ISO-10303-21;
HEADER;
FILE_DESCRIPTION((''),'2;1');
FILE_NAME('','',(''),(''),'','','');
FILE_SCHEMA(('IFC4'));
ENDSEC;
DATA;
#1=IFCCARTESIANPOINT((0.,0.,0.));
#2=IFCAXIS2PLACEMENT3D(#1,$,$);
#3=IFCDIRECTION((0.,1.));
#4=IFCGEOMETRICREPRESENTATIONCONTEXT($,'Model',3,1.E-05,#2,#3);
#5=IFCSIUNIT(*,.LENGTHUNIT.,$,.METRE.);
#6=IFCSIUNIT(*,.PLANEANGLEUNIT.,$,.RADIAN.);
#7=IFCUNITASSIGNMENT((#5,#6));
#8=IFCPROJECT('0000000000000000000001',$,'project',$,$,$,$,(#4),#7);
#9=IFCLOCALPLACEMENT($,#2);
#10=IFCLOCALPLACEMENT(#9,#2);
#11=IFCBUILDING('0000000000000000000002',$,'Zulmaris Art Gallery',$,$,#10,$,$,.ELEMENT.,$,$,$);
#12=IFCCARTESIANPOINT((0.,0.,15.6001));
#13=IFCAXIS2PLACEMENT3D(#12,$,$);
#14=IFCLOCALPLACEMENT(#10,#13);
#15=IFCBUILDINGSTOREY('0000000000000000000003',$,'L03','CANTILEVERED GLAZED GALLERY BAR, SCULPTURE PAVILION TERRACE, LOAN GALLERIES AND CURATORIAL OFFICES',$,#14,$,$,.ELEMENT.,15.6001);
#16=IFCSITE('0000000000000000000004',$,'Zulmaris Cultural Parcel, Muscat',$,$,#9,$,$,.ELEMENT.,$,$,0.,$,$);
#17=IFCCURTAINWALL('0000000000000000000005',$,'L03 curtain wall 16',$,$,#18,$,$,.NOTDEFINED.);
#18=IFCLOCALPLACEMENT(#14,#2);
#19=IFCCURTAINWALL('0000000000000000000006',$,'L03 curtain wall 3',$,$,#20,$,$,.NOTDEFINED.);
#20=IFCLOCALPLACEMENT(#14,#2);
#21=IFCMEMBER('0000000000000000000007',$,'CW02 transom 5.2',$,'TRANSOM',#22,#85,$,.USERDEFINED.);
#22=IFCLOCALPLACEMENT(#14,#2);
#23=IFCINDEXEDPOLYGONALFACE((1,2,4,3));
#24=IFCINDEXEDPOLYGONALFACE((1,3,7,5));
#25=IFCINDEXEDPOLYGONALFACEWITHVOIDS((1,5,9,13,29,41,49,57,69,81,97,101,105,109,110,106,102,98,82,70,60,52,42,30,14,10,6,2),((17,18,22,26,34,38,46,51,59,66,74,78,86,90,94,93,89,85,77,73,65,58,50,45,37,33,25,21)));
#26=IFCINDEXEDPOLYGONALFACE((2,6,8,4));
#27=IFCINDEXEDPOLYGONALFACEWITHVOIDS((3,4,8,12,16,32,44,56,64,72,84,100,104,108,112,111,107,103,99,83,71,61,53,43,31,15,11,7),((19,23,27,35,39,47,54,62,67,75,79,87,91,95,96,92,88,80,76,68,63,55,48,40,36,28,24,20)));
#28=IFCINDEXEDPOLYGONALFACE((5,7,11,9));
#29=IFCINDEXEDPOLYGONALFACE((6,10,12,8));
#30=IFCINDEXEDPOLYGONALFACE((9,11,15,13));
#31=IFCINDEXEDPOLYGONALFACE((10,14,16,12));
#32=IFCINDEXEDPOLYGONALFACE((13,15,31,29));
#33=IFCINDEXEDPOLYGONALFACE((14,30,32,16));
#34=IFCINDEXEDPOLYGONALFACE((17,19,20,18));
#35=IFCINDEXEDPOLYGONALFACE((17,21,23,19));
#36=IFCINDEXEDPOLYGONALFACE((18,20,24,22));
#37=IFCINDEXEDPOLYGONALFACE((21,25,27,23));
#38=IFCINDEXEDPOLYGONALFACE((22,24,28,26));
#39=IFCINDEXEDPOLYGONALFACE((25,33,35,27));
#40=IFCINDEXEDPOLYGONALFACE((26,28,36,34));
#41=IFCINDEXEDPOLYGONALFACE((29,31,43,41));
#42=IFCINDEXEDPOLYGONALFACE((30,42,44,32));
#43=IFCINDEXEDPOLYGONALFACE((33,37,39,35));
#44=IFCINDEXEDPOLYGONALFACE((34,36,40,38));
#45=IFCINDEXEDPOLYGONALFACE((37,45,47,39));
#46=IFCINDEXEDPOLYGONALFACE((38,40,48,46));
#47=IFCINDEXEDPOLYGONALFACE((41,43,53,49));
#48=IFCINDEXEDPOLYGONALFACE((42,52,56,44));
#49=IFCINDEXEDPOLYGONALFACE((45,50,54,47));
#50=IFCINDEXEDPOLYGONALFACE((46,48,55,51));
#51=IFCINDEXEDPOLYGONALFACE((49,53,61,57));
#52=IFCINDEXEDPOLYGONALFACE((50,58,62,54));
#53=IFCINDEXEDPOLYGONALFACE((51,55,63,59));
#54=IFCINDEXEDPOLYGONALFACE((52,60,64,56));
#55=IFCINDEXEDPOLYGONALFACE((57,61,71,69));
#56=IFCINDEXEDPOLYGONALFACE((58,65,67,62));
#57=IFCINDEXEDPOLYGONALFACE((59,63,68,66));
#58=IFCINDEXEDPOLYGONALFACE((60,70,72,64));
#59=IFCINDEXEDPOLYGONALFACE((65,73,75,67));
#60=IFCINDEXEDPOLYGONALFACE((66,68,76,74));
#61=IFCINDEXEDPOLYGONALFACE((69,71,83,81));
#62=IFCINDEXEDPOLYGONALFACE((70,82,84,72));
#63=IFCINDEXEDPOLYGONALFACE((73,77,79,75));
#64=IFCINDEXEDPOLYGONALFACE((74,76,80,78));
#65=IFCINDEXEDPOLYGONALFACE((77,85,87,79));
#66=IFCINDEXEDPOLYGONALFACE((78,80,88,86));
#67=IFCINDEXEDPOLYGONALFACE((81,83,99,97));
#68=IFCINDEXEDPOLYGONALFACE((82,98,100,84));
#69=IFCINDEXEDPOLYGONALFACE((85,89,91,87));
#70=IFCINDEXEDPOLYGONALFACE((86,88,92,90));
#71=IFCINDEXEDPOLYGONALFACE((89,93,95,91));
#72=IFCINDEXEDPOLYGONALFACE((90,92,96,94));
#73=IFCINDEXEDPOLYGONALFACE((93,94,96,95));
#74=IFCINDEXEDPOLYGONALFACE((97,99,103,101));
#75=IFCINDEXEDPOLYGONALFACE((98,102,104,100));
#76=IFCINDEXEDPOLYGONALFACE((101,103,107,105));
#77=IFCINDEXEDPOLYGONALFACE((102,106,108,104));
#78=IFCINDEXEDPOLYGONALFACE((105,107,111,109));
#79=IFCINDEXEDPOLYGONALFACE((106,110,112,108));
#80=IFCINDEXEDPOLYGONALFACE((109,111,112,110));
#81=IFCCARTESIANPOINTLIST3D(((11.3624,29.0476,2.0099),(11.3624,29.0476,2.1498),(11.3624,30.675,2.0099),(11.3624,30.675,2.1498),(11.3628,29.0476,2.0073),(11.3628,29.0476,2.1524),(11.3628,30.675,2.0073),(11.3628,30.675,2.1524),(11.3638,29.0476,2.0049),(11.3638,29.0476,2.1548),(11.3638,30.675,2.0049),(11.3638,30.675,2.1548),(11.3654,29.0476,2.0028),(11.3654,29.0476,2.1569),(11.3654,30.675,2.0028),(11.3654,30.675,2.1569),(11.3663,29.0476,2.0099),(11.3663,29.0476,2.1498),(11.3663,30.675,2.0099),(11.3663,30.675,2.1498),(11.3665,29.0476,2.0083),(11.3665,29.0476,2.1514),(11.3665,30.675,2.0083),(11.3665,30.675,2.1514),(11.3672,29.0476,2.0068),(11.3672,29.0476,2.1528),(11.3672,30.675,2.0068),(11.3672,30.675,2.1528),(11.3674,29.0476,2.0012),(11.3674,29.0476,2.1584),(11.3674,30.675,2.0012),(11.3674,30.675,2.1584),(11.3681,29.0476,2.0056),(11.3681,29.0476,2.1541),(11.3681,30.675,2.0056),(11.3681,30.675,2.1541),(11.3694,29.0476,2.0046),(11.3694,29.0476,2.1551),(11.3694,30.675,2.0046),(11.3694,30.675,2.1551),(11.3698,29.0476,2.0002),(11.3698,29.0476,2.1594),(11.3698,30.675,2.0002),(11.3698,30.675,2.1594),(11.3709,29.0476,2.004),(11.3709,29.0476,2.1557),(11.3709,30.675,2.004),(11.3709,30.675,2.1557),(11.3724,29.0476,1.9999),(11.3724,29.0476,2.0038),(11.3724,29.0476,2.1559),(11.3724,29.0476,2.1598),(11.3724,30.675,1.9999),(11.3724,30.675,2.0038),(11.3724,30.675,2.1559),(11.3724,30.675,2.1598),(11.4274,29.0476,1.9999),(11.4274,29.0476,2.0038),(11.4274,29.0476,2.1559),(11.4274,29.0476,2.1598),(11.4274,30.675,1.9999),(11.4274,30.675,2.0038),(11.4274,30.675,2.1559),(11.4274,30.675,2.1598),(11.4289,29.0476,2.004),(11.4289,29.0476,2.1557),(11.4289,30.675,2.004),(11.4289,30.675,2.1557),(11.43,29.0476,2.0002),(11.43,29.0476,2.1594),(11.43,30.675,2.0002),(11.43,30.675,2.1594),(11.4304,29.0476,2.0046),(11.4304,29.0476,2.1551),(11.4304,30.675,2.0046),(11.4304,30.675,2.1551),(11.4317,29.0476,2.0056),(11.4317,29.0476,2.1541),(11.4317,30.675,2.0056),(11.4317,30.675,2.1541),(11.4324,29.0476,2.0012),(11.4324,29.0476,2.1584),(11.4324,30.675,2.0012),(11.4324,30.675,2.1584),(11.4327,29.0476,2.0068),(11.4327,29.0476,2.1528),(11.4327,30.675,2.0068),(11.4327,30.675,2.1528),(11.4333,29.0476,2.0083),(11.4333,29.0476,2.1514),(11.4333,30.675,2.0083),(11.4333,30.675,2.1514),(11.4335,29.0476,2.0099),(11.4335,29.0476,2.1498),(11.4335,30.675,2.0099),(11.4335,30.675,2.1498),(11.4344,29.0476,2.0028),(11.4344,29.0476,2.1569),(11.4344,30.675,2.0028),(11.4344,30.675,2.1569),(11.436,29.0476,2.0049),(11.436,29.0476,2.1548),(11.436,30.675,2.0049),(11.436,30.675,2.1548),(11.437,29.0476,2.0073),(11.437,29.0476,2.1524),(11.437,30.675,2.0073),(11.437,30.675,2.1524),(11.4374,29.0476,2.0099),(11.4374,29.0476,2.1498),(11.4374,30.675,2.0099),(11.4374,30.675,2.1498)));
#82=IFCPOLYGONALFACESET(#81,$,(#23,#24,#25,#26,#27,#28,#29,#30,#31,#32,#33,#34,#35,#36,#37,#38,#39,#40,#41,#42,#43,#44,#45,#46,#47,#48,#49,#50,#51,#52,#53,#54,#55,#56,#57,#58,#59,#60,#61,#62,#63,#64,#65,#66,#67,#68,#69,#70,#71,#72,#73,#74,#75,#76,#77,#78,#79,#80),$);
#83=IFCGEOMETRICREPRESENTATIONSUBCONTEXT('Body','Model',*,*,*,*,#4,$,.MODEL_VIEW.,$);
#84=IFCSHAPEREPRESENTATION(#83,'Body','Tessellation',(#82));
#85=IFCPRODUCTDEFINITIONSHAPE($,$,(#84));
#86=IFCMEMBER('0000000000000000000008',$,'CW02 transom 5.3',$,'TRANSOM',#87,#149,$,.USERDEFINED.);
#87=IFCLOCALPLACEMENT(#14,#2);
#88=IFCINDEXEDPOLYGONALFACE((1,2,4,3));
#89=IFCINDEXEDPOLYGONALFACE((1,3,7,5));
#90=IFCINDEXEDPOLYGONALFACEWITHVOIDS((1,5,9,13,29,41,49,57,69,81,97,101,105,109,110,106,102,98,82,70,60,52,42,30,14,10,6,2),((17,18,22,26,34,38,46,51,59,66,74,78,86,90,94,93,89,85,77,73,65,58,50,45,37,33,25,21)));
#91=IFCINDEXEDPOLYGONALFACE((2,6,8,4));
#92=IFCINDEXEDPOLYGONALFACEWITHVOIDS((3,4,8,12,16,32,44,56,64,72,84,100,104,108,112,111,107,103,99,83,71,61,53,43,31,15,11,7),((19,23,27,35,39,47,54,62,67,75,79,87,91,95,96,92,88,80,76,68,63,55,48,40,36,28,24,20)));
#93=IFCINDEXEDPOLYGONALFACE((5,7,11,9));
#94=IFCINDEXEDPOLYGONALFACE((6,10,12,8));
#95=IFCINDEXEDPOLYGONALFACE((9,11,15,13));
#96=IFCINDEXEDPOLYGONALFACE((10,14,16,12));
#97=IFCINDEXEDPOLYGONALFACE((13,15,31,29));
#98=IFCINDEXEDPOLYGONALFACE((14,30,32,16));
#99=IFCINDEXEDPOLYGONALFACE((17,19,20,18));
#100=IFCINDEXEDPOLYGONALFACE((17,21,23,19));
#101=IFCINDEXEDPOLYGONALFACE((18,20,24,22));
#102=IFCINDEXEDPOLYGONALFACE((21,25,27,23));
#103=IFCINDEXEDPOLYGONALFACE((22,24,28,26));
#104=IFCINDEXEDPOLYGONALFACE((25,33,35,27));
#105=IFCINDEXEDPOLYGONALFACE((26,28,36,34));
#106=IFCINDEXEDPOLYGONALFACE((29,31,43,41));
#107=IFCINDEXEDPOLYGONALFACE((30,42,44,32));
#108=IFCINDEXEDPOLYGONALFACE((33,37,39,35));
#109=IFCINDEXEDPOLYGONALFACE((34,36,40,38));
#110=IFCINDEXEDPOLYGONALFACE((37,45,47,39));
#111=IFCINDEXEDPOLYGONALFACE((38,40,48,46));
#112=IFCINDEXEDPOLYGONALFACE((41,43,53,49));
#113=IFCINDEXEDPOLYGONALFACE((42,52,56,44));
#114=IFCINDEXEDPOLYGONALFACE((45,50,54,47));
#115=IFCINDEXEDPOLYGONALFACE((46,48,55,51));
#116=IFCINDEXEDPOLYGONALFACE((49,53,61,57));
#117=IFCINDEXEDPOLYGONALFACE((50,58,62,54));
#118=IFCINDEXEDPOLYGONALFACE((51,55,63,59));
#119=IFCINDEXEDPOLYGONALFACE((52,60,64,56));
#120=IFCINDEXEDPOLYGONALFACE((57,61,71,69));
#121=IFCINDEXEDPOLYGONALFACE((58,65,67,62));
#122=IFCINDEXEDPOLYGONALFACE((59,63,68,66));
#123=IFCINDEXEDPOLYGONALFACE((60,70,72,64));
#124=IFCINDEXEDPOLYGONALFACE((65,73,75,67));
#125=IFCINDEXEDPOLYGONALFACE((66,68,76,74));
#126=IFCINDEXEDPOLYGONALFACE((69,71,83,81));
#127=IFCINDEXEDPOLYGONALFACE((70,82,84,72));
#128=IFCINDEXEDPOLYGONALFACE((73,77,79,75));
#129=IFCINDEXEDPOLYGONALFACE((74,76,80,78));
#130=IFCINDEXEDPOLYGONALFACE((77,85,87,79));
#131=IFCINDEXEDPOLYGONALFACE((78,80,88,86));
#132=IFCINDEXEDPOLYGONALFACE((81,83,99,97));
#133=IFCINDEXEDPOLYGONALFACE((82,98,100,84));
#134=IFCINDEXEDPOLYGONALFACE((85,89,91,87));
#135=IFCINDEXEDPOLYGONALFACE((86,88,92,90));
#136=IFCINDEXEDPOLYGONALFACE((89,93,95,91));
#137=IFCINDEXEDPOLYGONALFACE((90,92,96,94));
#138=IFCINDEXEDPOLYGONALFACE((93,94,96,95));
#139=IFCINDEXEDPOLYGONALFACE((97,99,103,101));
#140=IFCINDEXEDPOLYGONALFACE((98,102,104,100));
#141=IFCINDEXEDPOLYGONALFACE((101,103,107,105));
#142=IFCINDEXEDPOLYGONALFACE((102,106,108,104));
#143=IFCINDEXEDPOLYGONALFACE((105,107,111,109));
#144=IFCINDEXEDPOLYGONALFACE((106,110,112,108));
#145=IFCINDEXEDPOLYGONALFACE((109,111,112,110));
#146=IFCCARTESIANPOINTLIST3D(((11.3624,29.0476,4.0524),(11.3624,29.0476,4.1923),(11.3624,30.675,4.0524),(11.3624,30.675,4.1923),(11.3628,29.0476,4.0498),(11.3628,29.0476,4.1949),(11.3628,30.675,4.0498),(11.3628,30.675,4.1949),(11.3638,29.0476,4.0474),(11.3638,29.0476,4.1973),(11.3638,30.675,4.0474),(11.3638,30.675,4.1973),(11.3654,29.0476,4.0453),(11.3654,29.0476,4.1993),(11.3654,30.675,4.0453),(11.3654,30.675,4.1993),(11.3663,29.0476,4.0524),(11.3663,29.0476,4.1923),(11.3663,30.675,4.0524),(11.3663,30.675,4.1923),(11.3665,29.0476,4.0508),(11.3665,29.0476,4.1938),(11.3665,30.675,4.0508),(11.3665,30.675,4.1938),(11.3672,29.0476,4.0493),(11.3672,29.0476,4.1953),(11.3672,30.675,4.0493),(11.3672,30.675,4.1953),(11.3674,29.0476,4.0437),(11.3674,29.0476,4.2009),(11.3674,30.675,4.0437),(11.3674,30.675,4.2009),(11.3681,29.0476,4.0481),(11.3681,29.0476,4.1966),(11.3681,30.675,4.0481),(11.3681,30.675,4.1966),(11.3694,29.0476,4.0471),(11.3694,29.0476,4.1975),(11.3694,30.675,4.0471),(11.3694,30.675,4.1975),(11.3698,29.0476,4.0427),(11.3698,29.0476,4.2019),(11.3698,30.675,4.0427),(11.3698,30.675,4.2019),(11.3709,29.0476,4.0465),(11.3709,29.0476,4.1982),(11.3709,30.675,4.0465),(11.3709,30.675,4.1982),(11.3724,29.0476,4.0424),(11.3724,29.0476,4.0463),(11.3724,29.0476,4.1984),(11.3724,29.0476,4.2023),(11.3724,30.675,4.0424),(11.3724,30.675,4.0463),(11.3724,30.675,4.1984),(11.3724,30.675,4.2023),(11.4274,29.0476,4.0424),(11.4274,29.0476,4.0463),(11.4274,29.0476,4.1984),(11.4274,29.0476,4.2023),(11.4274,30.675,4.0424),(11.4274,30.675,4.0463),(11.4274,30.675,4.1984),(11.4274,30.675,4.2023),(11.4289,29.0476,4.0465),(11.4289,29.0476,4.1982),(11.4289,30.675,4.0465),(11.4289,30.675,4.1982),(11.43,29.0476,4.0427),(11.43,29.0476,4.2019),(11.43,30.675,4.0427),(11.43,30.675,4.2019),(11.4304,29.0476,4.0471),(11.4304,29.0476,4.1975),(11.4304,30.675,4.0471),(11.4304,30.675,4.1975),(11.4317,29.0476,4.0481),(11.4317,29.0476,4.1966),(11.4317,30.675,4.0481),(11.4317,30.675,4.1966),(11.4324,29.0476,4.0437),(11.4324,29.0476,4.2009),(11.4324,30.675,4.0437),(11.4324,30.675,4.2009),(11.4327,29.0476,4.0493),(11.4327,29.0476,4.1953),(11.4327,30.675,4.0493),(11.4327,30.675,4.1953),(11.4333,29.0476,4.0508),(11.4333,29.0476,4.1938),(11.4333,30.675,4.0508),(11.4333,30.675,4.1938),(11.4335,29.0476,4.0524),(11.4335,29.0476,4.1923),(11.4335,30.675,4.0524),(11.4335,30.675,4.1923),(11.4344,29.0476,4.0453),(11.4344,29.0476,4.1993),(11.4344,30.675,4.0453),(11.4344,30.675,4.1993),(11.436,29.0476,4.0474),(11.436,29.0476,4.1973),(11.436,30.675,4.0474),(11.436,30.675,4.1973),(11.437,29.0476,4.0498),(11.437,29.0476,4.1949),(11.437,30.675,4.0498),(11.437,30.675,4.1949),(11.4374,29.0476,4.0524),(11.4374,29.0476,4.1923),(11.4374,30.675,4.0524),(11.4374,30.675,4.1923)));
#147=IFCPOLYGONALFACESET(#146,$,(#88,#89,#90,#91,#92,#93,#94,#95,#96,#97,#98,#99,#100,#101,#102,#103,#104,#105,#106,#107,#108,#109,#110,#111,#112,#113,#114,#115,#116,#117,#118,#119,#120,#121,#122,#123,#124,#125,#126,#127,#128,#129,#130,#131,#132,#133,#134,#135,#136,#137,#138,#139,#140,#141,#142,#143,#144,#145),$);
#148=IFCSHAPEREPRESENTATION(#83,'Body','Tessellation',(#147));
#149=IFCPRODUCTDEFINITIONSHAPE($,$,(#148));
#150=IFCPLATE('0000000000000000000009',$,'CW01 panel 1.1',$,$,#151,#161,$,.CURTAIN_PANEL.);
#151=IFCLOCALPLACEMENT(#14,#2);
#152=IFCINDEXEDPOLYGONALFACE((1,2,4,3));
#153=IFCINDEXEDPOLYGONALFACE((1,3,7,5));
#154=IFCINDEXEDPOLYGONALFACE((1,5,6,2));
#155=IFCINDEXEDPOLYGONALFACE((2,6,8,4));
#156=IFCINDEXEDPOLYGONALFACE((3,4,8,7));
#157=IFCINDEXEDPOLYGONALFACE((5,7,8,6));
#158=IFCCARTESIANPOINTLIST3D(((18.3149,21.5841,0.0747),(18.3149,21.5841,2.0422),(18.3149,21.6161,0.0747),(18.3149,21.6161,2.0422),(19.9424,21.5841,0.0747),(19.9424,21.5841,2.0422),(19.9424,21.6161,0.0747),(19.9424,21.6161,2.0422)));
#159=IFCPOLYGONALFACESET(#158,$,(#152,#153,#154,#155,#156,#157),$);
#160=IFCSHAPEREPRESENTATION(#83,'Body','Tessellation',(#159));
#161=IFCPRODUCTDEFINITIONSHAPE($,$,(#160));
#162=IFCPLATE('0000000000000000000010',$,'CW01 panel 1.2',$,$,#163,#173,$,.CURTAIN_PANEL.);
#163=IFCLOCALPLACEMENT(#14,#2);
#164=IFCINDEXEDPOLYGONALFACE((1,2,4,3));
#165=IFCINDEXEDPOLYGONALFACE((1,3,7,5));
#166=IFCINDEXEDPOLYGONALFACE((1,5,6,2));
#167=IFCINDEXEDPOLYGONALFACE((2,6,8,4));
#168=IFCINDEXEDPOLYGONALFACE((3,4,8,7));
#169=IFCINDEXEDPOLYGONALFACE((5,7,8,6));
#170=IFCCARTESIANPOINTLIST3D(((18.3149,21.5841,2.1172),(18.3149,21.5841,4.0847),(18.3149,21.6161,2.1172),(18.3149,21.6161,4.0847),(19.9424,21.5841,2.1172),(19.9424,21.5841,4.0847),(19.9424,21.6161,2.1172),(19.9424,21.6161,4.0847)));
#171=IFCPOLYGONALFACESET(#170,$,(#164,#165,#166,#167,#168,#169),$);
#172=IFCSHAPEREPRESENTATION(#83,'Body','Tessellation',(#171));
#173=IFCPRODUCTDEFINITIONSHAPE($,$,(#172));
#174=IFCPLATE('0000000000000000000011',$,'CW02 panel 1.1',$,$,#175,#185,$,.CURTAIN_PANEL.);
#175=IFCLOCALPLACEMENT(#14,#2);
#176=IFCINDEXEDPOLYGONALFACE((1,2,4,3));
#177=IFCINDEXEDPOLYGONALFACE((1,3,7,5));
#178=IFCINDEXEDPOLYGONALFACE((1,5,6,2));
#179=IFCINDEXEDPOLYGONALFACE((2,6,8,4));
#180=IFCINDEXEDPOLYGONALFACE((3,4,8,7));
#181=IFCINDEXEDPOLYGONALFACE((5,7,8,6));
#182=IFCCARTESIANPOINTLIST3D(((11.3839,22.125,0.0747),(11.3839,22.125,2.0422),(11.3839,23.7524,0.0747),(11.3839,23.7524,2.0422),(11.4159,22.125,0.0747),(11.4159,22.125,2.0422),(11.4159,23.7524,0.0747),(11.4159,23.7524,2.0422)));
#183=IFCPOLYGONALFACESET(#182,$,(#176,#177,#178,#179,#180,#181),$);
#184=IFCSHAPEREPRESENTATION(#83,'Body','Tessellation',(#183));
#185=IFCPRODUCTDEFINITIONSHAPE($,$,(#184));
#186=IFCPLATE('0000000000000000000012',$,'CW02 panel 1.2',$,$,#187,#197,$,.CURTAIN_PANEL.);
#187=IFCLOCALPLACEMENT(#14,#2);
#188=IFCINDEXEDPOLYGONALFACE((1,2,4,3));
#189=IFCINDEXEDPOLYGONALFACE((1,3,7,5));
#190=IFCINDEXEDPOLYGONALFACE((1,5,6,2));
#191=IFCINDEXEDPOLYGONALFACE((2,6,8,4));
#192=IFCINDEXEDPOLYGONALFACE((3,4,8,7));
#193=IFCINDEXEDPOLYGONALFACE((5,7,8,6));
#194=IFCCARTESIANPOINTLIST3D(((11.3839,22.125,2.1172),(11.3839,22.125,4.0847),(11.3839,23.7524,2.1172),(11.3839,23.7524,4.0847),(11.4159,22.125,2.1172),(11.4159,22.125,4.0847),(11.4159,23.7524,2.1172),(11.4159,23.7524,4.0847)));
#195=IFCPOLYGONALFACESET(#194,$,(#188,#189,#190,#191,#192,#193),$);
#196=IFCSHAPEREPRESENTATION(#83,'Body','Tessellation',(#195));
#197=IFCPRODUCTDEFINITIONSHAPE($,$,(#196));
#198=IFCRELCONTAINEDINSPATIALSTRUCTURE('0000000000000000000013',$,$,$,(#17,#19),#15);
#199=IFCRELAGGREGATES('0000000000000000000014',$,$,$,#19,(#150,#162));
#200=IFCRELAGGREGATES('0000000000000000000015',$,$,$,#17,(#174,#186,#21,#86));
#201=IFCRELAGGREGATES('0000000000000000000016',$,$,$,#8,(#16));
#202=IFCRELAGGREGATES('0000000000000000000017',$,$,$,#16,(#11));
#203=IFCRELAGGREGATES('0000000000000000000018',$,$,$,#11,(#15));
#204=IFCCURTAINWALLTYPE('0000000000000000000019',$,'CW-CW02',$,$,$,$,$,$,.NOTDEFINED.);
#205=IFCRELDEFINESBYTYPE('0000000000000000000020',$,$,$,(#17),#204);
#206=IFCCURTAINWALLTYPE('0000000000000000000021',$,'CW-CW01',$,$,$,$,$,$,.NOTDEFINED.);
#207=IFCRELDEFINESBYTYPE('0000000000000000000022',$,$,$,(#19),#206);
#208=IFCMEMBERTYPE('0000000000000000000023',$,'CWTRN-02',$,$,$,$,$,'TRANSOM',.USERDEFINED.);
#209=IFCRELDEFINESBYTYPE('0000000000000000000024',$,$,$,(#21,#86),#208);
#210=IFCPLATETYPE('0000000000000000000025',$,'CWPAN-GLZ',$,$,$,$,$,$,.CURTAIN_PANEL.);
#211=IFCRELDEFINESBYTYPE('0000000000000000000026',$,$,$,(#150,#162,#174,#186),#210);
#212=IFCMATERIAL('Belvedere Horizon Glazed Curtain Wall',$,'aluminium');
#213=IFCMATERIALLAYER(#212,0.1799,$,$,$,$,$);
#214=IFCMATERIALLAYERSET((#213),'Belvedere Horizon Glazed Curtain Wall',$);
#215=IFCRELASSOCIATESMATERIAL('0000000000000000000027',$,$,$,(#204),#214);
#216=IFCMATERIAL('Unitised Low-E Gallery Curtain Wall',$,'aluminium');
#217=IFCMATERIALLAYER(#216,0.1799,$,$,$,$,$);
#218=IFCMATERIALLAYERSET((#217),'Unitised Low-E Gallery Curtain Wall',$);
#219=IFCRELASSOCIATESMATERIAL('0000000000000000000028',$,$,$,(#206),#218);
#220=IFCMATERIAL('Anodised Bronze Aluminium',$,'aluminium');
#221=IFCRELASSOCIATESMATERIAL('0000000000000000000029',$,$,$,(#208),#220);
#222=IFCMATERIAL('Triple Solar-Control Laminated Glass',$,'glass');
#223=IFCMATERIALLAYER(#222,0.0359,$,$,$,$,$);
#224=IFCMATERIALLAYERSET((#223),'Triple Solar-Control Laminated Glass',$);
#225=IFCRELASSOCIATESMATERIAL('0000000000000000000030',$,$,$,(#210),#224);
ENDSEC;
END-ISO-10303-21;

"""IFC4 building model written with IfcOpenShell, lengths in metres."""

from ifc_helpers import new_model, si_unit, direction, frame, origin, origin_2d, place, context, subcontext, project, spatial, rectangle, hollow_rectangle, extrude, material, layer, layer_set, material_profile, profile_set, type_object, element, aggregate, save


model = new_model("IFC4")

# Units and contexts
model_context = context("Model", 3, precision=1e-05, world=origin(), true_north=direction((0.0, 1.0)))
body_context = subcontext(model_context, "Body", "Model", "MODEL_VIEW")
ifc_project = project(units=[si_unit("LENGTHUNIT", "METRE"), si_unit("PLANEANGLEUNIT", "RADIAN")], contexts=[model_context])

# Site, building, storey
site_placement = place(None, origin())
site = spatial("IfcSite", under=ifc_project, at=site_placement, Name="Zulmaris Cultural Parcel, Muscat", CompositionType="ELEMENT", RefElevation=0.0)
building_placement = place(site_placement, origin())
building = spatial("IfcBuilding", under=site, at=building_placement, Name="Zulmaris Art Gallery", CompositionType="ELEMENT")
storey_placement = place(building_placement, frame((0.0, 0.0, 15.6001)))
storey = spatial("IfcBuildingStorey", under=building, at=storey_placement, Name="L03", Description="CANTILEVERED GLAZED GALLERY BAR, SCULPTURE PAVILION TERRACE, LOAN GALLERIES AND CURATORIAL OFFICES", CompositionType="ELEMENT", Elevation=15.6001)

# Curtain walls
ifc_material_1 = material(Name="Belvedere Horizon Glazed Curtain Wall", Category="aluminium")
ifc_layer_1 = layer(ifc_material_1, 0.1799)
ifc_layer_set_1 = layer_set([ifc_layer_1], Name="Belvedere Horizon Glazed Curtain Wall")
curtain_wall_type_1 = type_object("IfcCurtainWallType", Name="CW-CW02", PredefinedType="NOTDEFINED", material=ifc_layer_set_1)
curtain_wall_1_placement = place(storey_placement, origin())
curtain_wall_1 = element("IfcCurtainWall", 1, at=curtain_wall_1_placement, inside=storey, type_object=curtain_wall_type_1, Name="L03 curtain wall 16", PredefinedType="NOTDEFINED")
ifc_material_2 = material(Name="Anodised Bronze Aluminium", Category="aluminium")
ifc_material_3 = material(Name="Unitised Low-E Gallery Curtain Wall", Category="aluminium")
ifc_layer_2 = layer(ifc_material_3, 0.1799)
ifc_layer_set_2 = layer_set([ifc_layer_2], Name="Unitised Low-E Gallery Curtain Wall")
curtain_wall_type_2 = type_object("IfcCurtainWallType", Name="CW-CW01", PredefinedType="NOTDEFINED", material=ifc_layer_set_2)
curtain_wall_2_placement = place(storey_placement, origin())
curtain_wall_2 = element("IfcCurtainWall", 2, at=curtain_wall_2_placement, inside=storey, type_object=curtain_wall_type_2, Name="L03 curtain wall 3", PredefinedType="NOTDEFINED")

# Members
ifc_material_profile_1 = material_profile(ifc_material_2, hollow_rectangle(XDim=0.075, YDim=0.1599, WallThickness=0.0039, InnerFilletRadius=0.0061, OuterFilletRadius=0.01, at=origin_2d()), Name="ALU 75x160x4")
ifc_profile_set_1 = profile_set([ifc_material_profile_1], Name="Anodised Bronze Aluminium")
member_type_1 = type_object("IfcMemberType", Name="CWTRN-02", ElementType="TRANSOM", PredefinedType="USERDEFINED", material=ifc_profile_set_1)
member_1_placement = place(storey_placement, frame((11.3999, 29.0476, 2.0798), z_axis=(0.0, 1.0, 0.0), x_axis=(-1.0, 0.0, 0.0)))
member_1 = element("IfcMember", 3, at=member_1_placement, type_object=member_type_1, Name="CW02 transom 5.2", ObjectType="TRANSOM", PredefinedType="USERDEFINED", context=body_context, shape_type="SweptSolid", body=[
    extrude(hollow_rectangle(XDim=0.075, YDim=0.1599, WallThickness=0.0039, InnerFilletRadius=0.0061, OuterFilletRadius=0.01, at=origin_2d()), origin(), (0.0, 0.0, 1.0), 1.6274),
])
member_2_placement = place(storey_placement, frame((11.3999, 29.0476, 4.1223), z_axis=(0.0, 1.0, 0.0), x_axis=(-1.0, 0.0, 0.0)))
member_2 = element("IfcMember", 4, at=member_2_placement, type_object=member_type_1, Name="CW02 transom 5.3", ObjectType="TRANSOM", PredefinedType="USERDEFINED", context=body_context, shape_type="SweptSolid", body=[
    extrude(hollow_rectangle(XDim=0.075, YDim=0.1599, WallThickness=0.0039, InnerFilletRadius=0.0061, OuterFilletRadius=0.01, at=origin_2d()), origin(), (0.0, 0.0, 1.0), 1.6274),
])

# Plates
ifc_material_4 = material(Name="Triple Solar-Control Laminated Glass", Category="glass")
ifc_layer_3 = layer(ifc_material_4, 0.0359)
ifc_layer_set_3 = layer_set([ifc_layer_3], Name="Triple Solar-Control Laminated Glass")
plate_type = type_object("IfcPlateType", Name="CWPAN-GLZ", PredefinedType="CURTAIN_PANEL", material=ifc_layer_set_3)
plate_1_placement = place(storey_placement, frame((19.1287, 21.6001, 0.0747), z_axis=(0.0, 0.0, 1.0), x_axis=(1.0, 0.0, 0.0)))
plate_1 = element("IfcPlate", 5, at=plate_1_placement, type_object=plate_type, Name="CW01 panel 1.1", PredefinedType="CURTAIN_PANEL", context=body_context, shape_type="SweptSolid", body=[
    extrude(rectangle(XDim=1.6274, YDim=0.032, at=origin_2d()), origin(), (0.0, 0.0, 1.0), 1.9675),
])
plate_2_placement = place(storey_placement, frame((19.1287, 21.6001, 2.1172), z_axis=(0.0, 0.0, 1.0), x_axis=(1.0, 0.0, 0.0)))
plate_2 = element("IfcPlate", 6, at=plate_2_placement, type_object=plate_type, Name="CW01 panel 1.2", PredefinedType="CURTAIN_PANEL", context=body_context, shape_type="SweptSolid", body=[
    extrude(rectangle(XDim=1.6274, YDim=0.032, at=origin_2d()), origin(), (0.0, 0.0, 1.0), 1.9675),
])
aggregate(curtain_wall_2, [plate_1, plate_2])
plate_3_placement = place(storey_placement, frame((11.3999, 22.9387, 0.0747), z_axis=(0.0, 0.0, 1.0), x_axis=(0.0, 1.0, 0.0)))
plate_3 = element("IfcPlate", 7, at=plate_3_placement, type_object=plate_type, Name="CW02 panel 1.1", PredefinedType="CURTAIN_PANEL", context=body_context, shape_type="SweptSolid", body=[
    extrude(rectangle(XDim=1.6274, YDim=0.032, at=origin_2d()), origin(), (0.0, 0.0, 1.0), 1.9675),
])
plate_4_placement = place(storey_placement, frame((11.3999, 22.9387, 2.1172), z_axis=(0.0, 0.0, 1.0), x_axis=(0.0, 1.0, 0.0)))
plate_4 = element("IfcPlate", 8, at=plate_4_placement, type_object=plate_type, Name="CW02 panel 1.2", PredefinedType="CURTAIN_PANEL", context=body_context, shape_type="SweptSolid", body=[
    extrude(rectangle(XDim=1.6274, YDim=0.032, at=origin_2d()), origin(), (0.0, 0.0, 1.0), 1.9675),
])
aggregate(curtain_wall_1, [plate_3, plate_4, member_1, member_2])

save(model, "model.ifc")
